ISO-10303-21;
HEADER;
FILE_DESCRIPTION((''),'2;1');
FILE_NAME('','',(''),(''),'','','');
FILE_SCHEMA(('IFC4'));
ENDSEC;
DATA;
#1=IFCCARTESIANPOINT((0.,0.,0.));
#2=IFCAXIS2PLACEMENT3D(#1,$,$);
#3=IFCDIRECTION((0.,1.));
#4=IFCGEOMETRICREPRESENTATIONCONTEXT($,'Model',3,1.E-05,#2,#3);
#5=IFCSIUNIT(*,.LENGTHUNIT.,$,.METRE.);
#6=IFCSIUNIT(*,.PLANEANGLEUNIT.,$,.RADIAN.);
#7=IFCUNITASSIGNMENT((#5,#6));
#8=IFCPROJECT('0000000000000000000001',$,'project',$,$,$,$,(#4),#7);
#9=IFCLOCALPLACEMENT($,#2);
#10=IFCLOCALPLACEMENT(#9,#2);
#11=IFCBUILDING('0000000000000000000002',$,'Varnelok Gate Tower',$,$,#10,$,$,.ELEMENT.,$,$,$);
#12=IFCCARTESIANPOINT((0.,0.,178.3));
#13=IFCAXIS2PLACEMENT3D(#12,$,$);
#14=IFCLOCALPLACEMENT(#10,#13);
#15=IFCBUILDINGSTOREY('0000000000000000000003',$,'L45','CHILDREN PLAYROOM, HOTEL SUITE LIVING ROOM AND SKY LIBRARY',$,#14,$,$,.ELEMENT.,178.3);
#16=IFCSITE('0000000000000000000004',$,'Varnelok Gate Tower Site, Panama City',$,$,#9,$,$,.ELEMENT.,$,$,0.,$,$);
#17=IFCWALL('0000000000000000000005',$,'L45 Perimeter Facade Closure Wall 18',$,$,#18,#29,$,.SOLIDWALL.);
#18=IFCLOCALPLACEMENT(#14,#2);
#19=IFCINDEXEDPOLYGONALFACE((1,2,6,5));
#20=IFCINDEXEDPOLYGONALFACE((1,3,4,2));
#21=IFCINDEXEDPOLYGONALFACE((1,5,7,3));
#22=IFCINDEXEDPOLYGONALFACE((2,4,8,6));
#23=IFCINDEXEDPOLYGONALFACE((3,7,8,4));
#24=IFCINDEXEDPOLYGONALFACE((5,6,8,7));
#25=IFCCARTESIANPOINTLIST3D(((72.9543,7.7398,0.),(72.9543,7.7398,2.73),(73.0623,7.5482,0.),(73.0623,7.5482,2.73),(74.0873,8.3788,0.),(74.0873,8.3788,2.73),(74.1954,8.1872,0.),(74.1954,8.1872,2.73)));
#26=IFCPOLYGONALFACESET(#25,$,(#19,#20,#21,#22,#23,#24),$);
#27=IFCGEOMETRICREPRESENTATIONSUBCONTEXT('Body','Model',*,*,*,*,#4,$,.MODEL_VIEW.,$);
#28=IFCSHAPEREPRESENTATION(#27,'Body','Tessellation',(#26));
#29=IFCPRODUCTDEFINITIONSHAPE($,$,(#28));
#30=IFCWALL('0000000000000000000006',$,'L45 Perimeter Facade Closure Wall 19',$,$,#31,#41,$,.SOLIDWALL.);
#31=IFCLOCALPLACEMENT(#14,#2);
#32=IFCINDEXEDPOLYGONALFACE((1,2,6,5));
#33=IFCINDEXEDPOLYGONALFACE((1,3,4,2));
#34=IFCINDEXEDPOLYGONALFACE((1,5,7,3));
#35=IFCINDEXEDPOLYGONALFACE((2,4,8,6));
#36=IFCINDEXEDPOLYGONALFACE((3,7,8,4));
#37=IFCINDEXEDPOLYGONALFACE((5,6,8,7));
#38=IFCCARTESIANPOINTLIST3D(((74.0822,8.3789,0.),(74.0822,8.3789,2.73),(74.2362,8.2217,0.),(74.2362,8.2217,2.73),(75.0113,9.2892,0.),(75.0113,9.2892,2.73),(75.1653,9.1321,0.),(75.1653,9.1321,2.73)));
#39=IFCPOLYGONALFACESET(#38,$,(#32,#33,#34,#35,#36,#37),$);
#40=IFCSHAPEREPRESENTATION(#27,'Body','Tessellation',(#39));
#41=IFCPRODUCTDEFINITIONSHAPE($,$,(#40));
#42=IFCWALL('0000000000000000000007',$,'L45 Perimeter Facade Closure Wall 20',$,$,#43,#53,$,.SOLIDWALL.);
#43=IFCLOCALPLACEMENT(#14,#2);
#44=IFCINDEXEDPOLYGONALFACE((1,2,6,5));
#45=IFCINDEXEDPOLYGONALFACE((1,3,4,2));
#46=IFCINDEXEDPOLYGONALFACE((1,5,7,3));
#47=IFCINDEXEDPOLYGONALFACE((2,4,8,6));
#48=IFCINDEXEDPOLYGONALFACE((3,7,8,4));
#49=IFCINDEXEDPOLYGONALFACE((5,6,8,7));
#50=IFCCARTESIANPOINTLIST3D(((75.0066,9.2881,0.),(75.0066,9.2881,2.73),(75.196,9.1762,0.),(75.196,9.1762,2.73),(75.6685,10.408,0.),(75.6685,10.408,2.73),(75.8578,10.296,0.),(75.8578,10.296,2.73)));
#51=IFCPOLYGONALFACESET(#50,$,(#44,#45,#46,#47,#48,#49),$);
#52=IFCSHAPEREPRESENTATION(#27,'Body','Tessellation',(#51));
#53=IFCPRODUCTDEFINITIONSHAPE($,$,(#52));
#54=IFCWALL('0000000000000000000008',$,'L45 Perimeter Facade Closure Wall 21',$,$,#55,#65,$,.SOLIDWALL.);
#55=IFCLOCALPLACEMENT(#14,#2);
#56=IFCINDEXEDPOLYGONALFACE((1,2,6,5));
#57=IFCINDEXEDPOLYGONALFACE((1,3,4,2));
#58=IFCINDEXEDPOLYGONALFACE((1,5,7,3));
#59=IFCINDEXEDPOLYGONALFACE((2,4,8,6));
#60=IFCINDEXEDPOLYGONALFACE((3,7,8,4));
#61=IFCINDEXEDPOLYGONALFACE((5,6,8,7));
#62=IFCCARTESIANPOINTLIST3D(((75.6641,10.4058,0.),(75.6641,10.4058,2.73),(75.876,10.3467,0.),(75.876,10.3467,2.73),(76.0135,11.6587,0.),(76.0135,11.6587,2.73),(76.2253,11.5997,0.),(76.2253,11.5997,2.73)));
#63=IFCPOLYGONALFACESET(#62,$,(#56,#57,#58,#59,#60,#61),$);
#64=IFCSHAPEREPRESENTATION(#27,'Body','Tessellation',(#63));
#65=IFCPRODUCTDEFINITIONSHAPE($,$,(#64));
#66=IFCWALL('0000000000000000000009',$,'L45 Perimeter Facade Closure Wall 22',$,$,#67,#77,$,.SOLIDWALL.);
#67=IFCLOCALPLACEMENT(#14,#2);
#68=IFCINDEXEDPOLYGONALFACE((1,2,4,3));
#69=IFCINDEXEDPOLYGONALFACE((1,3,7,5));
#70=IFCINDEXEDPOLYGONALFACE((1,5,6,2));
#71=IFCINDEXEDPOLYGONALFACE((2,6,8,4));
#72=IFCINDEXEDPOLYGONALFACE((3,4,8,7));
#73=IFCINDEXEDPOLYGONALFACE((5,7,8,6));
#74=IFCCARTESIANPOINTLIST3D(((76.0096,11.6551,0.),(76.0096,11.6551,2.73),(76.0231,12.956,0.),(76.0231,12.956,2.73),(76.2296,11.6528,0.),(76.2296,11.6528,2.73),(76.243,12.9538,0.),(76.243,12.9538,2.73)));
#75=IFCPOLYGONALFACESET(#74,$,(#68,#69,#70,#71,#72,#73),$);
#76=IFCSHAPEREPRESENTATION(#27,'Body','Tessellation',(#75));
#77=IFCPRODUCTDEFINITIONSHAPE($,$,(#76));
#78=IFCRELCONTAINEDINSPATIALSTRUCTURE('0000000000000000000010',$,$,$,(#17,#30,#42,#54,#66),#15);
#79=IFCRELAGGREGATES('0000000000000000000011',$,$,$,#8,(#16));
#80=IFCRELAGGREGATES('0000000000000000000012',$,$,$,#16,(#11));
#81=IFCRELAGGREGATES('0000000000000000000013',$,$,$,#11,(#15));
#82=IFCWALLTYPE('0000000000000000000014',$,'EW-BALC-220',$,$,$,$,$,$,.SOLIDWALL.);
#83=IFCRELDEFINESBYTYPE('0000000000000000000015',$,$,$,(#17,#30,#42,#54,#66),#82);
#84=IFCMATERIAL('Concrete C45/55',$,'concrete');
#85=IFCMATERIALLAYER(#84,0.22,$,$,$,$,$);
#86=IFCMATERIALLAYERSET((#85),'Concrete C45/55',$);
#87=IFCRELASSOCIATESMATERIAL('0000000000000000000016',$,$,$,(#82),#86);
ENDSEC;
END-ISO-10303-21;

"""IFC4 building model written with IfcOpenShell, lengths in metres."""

from ifc_helpers import new_model, si_unit, direction, frame, frame_2d, origin, place, context, subcontext, project, spatial, rectangle, extrude, material, layer, layer_set, type_object, element, save


model = new_model("IFC4")

# Units and contexts
model_context = context("Model", 3, precision=1e-05, world=origin(), true_north=direction((0.0, 1.0)))
body_context = subcontext(model_context, "Body", "Model", "MODEL_VIEW")
ifc_project = project(units=[si_unit("LENGTHUNIT", "METRE"), si_unit("PLANEANGLEUNIT", "RADIAN")], contexts=[model_context])

# Site, building, storey
site_placement = place(None, origin())
site = spatial("IfcSite", under=ifc_project, at=site_placement, Name="Varnelok Gate Tower Site, Panama City", CompositionType="ELEMENT", RefElevation=0.0)
building_placement = place(site_placement, origin())
building = spatial("IfcBuilding", under=site, at=building_placement, Name="Varnelok Gate Tower", CompositionType="ELEMENT")
storey_placement = place(building_placement, frame((0.0, 0.0, 178.3)))
storey = spatial("IfcBuildingStorey", under=building, at=storey_placement, Name="L45", Description="CHILDREN PLAYROOM, HOTEL SUITE LIVING ROOM AND SKY LIBRARY", CompositionType="ELEMENT", Elevation=178.3)

# Walls
ifc_material_1 = material(Name="Concrete C45/55", Category="concrete")
ifc_layer_1 = layer(ifc_material_1, 0.22)
ifc_layer_set_1 = layer_set([ifc_layer_1], Name="Concrete C45/55")
wall_type = type_object("IfcWallType", Name="EW-BALC-220", PredefinedType="SOLIDWALL", material=ifc_layer_set_1)
for number, where, z_axis, x_axis, name in (
    (1, (73.0083, 7.644, 0.0), (0.0, 0.0, 1.0), (0.871059, 0.491179, 0.0), "L45 Perimeter Facade Closure Wall 18"),
    (2, (74.1592, 8.3003, 0.0), (0.0, 0.0, 1.0), (0.714295, 0.699844, 0.0), "L45 Perimeter Facade Closure Wall 19"),
    (3, (75.1013, 9.2322, 0.0), (0.0, 0.0, 1.0), (0.508799, 0.860885, 0.0), "L45 Perimeter Facade Closure Wall 20"),
    (4, (75.77, 10.3762, 0.0), (0.0, 0.0, 1.0), (0.268592, 0.963254, 0.0), "L45 Perimeter Facade Closure Wall 21"),
):
    element("IfcWall", number, at=place(storey_placement, frame(where, z_axis=z_axis, x_axis=x_axis)), inside=storey, type_object=wall_type, Name=name, PredefinedType="SOLIDWALL", context=body_context, shape_type="SweptSolid", body=[
        extrude(rectangle(XDim=1.3008, YDim=0.22, at=frame_2d((0.6504, 0.0))), origin(), (0.0, 0.0, 1.0), 2.73),
    ])
wall_placement = place(storey_placement, frame((76.1196, 11.6541, 0.0), z_axis=(0.0, 0.0, 1.0), x_axis=(0.01032, 0.999947, 0.0)))
element("IfcWall", 5, at=wall_placement, inside=storey, type_object=wall_type, Name="L45 Perimeter Facade Closure Wall 22", PredefinedType="SOLIDWALL", context=body_context, shape_type="SweptSolid", body=[
    extrude(rectangle(XDim=1.301, YDim=0.22, at=frame_2d((0.6504, 0.0))), origin(), (0.0, 0.0, 1.0), 2.73),
])

save(model, "model.ifc")
